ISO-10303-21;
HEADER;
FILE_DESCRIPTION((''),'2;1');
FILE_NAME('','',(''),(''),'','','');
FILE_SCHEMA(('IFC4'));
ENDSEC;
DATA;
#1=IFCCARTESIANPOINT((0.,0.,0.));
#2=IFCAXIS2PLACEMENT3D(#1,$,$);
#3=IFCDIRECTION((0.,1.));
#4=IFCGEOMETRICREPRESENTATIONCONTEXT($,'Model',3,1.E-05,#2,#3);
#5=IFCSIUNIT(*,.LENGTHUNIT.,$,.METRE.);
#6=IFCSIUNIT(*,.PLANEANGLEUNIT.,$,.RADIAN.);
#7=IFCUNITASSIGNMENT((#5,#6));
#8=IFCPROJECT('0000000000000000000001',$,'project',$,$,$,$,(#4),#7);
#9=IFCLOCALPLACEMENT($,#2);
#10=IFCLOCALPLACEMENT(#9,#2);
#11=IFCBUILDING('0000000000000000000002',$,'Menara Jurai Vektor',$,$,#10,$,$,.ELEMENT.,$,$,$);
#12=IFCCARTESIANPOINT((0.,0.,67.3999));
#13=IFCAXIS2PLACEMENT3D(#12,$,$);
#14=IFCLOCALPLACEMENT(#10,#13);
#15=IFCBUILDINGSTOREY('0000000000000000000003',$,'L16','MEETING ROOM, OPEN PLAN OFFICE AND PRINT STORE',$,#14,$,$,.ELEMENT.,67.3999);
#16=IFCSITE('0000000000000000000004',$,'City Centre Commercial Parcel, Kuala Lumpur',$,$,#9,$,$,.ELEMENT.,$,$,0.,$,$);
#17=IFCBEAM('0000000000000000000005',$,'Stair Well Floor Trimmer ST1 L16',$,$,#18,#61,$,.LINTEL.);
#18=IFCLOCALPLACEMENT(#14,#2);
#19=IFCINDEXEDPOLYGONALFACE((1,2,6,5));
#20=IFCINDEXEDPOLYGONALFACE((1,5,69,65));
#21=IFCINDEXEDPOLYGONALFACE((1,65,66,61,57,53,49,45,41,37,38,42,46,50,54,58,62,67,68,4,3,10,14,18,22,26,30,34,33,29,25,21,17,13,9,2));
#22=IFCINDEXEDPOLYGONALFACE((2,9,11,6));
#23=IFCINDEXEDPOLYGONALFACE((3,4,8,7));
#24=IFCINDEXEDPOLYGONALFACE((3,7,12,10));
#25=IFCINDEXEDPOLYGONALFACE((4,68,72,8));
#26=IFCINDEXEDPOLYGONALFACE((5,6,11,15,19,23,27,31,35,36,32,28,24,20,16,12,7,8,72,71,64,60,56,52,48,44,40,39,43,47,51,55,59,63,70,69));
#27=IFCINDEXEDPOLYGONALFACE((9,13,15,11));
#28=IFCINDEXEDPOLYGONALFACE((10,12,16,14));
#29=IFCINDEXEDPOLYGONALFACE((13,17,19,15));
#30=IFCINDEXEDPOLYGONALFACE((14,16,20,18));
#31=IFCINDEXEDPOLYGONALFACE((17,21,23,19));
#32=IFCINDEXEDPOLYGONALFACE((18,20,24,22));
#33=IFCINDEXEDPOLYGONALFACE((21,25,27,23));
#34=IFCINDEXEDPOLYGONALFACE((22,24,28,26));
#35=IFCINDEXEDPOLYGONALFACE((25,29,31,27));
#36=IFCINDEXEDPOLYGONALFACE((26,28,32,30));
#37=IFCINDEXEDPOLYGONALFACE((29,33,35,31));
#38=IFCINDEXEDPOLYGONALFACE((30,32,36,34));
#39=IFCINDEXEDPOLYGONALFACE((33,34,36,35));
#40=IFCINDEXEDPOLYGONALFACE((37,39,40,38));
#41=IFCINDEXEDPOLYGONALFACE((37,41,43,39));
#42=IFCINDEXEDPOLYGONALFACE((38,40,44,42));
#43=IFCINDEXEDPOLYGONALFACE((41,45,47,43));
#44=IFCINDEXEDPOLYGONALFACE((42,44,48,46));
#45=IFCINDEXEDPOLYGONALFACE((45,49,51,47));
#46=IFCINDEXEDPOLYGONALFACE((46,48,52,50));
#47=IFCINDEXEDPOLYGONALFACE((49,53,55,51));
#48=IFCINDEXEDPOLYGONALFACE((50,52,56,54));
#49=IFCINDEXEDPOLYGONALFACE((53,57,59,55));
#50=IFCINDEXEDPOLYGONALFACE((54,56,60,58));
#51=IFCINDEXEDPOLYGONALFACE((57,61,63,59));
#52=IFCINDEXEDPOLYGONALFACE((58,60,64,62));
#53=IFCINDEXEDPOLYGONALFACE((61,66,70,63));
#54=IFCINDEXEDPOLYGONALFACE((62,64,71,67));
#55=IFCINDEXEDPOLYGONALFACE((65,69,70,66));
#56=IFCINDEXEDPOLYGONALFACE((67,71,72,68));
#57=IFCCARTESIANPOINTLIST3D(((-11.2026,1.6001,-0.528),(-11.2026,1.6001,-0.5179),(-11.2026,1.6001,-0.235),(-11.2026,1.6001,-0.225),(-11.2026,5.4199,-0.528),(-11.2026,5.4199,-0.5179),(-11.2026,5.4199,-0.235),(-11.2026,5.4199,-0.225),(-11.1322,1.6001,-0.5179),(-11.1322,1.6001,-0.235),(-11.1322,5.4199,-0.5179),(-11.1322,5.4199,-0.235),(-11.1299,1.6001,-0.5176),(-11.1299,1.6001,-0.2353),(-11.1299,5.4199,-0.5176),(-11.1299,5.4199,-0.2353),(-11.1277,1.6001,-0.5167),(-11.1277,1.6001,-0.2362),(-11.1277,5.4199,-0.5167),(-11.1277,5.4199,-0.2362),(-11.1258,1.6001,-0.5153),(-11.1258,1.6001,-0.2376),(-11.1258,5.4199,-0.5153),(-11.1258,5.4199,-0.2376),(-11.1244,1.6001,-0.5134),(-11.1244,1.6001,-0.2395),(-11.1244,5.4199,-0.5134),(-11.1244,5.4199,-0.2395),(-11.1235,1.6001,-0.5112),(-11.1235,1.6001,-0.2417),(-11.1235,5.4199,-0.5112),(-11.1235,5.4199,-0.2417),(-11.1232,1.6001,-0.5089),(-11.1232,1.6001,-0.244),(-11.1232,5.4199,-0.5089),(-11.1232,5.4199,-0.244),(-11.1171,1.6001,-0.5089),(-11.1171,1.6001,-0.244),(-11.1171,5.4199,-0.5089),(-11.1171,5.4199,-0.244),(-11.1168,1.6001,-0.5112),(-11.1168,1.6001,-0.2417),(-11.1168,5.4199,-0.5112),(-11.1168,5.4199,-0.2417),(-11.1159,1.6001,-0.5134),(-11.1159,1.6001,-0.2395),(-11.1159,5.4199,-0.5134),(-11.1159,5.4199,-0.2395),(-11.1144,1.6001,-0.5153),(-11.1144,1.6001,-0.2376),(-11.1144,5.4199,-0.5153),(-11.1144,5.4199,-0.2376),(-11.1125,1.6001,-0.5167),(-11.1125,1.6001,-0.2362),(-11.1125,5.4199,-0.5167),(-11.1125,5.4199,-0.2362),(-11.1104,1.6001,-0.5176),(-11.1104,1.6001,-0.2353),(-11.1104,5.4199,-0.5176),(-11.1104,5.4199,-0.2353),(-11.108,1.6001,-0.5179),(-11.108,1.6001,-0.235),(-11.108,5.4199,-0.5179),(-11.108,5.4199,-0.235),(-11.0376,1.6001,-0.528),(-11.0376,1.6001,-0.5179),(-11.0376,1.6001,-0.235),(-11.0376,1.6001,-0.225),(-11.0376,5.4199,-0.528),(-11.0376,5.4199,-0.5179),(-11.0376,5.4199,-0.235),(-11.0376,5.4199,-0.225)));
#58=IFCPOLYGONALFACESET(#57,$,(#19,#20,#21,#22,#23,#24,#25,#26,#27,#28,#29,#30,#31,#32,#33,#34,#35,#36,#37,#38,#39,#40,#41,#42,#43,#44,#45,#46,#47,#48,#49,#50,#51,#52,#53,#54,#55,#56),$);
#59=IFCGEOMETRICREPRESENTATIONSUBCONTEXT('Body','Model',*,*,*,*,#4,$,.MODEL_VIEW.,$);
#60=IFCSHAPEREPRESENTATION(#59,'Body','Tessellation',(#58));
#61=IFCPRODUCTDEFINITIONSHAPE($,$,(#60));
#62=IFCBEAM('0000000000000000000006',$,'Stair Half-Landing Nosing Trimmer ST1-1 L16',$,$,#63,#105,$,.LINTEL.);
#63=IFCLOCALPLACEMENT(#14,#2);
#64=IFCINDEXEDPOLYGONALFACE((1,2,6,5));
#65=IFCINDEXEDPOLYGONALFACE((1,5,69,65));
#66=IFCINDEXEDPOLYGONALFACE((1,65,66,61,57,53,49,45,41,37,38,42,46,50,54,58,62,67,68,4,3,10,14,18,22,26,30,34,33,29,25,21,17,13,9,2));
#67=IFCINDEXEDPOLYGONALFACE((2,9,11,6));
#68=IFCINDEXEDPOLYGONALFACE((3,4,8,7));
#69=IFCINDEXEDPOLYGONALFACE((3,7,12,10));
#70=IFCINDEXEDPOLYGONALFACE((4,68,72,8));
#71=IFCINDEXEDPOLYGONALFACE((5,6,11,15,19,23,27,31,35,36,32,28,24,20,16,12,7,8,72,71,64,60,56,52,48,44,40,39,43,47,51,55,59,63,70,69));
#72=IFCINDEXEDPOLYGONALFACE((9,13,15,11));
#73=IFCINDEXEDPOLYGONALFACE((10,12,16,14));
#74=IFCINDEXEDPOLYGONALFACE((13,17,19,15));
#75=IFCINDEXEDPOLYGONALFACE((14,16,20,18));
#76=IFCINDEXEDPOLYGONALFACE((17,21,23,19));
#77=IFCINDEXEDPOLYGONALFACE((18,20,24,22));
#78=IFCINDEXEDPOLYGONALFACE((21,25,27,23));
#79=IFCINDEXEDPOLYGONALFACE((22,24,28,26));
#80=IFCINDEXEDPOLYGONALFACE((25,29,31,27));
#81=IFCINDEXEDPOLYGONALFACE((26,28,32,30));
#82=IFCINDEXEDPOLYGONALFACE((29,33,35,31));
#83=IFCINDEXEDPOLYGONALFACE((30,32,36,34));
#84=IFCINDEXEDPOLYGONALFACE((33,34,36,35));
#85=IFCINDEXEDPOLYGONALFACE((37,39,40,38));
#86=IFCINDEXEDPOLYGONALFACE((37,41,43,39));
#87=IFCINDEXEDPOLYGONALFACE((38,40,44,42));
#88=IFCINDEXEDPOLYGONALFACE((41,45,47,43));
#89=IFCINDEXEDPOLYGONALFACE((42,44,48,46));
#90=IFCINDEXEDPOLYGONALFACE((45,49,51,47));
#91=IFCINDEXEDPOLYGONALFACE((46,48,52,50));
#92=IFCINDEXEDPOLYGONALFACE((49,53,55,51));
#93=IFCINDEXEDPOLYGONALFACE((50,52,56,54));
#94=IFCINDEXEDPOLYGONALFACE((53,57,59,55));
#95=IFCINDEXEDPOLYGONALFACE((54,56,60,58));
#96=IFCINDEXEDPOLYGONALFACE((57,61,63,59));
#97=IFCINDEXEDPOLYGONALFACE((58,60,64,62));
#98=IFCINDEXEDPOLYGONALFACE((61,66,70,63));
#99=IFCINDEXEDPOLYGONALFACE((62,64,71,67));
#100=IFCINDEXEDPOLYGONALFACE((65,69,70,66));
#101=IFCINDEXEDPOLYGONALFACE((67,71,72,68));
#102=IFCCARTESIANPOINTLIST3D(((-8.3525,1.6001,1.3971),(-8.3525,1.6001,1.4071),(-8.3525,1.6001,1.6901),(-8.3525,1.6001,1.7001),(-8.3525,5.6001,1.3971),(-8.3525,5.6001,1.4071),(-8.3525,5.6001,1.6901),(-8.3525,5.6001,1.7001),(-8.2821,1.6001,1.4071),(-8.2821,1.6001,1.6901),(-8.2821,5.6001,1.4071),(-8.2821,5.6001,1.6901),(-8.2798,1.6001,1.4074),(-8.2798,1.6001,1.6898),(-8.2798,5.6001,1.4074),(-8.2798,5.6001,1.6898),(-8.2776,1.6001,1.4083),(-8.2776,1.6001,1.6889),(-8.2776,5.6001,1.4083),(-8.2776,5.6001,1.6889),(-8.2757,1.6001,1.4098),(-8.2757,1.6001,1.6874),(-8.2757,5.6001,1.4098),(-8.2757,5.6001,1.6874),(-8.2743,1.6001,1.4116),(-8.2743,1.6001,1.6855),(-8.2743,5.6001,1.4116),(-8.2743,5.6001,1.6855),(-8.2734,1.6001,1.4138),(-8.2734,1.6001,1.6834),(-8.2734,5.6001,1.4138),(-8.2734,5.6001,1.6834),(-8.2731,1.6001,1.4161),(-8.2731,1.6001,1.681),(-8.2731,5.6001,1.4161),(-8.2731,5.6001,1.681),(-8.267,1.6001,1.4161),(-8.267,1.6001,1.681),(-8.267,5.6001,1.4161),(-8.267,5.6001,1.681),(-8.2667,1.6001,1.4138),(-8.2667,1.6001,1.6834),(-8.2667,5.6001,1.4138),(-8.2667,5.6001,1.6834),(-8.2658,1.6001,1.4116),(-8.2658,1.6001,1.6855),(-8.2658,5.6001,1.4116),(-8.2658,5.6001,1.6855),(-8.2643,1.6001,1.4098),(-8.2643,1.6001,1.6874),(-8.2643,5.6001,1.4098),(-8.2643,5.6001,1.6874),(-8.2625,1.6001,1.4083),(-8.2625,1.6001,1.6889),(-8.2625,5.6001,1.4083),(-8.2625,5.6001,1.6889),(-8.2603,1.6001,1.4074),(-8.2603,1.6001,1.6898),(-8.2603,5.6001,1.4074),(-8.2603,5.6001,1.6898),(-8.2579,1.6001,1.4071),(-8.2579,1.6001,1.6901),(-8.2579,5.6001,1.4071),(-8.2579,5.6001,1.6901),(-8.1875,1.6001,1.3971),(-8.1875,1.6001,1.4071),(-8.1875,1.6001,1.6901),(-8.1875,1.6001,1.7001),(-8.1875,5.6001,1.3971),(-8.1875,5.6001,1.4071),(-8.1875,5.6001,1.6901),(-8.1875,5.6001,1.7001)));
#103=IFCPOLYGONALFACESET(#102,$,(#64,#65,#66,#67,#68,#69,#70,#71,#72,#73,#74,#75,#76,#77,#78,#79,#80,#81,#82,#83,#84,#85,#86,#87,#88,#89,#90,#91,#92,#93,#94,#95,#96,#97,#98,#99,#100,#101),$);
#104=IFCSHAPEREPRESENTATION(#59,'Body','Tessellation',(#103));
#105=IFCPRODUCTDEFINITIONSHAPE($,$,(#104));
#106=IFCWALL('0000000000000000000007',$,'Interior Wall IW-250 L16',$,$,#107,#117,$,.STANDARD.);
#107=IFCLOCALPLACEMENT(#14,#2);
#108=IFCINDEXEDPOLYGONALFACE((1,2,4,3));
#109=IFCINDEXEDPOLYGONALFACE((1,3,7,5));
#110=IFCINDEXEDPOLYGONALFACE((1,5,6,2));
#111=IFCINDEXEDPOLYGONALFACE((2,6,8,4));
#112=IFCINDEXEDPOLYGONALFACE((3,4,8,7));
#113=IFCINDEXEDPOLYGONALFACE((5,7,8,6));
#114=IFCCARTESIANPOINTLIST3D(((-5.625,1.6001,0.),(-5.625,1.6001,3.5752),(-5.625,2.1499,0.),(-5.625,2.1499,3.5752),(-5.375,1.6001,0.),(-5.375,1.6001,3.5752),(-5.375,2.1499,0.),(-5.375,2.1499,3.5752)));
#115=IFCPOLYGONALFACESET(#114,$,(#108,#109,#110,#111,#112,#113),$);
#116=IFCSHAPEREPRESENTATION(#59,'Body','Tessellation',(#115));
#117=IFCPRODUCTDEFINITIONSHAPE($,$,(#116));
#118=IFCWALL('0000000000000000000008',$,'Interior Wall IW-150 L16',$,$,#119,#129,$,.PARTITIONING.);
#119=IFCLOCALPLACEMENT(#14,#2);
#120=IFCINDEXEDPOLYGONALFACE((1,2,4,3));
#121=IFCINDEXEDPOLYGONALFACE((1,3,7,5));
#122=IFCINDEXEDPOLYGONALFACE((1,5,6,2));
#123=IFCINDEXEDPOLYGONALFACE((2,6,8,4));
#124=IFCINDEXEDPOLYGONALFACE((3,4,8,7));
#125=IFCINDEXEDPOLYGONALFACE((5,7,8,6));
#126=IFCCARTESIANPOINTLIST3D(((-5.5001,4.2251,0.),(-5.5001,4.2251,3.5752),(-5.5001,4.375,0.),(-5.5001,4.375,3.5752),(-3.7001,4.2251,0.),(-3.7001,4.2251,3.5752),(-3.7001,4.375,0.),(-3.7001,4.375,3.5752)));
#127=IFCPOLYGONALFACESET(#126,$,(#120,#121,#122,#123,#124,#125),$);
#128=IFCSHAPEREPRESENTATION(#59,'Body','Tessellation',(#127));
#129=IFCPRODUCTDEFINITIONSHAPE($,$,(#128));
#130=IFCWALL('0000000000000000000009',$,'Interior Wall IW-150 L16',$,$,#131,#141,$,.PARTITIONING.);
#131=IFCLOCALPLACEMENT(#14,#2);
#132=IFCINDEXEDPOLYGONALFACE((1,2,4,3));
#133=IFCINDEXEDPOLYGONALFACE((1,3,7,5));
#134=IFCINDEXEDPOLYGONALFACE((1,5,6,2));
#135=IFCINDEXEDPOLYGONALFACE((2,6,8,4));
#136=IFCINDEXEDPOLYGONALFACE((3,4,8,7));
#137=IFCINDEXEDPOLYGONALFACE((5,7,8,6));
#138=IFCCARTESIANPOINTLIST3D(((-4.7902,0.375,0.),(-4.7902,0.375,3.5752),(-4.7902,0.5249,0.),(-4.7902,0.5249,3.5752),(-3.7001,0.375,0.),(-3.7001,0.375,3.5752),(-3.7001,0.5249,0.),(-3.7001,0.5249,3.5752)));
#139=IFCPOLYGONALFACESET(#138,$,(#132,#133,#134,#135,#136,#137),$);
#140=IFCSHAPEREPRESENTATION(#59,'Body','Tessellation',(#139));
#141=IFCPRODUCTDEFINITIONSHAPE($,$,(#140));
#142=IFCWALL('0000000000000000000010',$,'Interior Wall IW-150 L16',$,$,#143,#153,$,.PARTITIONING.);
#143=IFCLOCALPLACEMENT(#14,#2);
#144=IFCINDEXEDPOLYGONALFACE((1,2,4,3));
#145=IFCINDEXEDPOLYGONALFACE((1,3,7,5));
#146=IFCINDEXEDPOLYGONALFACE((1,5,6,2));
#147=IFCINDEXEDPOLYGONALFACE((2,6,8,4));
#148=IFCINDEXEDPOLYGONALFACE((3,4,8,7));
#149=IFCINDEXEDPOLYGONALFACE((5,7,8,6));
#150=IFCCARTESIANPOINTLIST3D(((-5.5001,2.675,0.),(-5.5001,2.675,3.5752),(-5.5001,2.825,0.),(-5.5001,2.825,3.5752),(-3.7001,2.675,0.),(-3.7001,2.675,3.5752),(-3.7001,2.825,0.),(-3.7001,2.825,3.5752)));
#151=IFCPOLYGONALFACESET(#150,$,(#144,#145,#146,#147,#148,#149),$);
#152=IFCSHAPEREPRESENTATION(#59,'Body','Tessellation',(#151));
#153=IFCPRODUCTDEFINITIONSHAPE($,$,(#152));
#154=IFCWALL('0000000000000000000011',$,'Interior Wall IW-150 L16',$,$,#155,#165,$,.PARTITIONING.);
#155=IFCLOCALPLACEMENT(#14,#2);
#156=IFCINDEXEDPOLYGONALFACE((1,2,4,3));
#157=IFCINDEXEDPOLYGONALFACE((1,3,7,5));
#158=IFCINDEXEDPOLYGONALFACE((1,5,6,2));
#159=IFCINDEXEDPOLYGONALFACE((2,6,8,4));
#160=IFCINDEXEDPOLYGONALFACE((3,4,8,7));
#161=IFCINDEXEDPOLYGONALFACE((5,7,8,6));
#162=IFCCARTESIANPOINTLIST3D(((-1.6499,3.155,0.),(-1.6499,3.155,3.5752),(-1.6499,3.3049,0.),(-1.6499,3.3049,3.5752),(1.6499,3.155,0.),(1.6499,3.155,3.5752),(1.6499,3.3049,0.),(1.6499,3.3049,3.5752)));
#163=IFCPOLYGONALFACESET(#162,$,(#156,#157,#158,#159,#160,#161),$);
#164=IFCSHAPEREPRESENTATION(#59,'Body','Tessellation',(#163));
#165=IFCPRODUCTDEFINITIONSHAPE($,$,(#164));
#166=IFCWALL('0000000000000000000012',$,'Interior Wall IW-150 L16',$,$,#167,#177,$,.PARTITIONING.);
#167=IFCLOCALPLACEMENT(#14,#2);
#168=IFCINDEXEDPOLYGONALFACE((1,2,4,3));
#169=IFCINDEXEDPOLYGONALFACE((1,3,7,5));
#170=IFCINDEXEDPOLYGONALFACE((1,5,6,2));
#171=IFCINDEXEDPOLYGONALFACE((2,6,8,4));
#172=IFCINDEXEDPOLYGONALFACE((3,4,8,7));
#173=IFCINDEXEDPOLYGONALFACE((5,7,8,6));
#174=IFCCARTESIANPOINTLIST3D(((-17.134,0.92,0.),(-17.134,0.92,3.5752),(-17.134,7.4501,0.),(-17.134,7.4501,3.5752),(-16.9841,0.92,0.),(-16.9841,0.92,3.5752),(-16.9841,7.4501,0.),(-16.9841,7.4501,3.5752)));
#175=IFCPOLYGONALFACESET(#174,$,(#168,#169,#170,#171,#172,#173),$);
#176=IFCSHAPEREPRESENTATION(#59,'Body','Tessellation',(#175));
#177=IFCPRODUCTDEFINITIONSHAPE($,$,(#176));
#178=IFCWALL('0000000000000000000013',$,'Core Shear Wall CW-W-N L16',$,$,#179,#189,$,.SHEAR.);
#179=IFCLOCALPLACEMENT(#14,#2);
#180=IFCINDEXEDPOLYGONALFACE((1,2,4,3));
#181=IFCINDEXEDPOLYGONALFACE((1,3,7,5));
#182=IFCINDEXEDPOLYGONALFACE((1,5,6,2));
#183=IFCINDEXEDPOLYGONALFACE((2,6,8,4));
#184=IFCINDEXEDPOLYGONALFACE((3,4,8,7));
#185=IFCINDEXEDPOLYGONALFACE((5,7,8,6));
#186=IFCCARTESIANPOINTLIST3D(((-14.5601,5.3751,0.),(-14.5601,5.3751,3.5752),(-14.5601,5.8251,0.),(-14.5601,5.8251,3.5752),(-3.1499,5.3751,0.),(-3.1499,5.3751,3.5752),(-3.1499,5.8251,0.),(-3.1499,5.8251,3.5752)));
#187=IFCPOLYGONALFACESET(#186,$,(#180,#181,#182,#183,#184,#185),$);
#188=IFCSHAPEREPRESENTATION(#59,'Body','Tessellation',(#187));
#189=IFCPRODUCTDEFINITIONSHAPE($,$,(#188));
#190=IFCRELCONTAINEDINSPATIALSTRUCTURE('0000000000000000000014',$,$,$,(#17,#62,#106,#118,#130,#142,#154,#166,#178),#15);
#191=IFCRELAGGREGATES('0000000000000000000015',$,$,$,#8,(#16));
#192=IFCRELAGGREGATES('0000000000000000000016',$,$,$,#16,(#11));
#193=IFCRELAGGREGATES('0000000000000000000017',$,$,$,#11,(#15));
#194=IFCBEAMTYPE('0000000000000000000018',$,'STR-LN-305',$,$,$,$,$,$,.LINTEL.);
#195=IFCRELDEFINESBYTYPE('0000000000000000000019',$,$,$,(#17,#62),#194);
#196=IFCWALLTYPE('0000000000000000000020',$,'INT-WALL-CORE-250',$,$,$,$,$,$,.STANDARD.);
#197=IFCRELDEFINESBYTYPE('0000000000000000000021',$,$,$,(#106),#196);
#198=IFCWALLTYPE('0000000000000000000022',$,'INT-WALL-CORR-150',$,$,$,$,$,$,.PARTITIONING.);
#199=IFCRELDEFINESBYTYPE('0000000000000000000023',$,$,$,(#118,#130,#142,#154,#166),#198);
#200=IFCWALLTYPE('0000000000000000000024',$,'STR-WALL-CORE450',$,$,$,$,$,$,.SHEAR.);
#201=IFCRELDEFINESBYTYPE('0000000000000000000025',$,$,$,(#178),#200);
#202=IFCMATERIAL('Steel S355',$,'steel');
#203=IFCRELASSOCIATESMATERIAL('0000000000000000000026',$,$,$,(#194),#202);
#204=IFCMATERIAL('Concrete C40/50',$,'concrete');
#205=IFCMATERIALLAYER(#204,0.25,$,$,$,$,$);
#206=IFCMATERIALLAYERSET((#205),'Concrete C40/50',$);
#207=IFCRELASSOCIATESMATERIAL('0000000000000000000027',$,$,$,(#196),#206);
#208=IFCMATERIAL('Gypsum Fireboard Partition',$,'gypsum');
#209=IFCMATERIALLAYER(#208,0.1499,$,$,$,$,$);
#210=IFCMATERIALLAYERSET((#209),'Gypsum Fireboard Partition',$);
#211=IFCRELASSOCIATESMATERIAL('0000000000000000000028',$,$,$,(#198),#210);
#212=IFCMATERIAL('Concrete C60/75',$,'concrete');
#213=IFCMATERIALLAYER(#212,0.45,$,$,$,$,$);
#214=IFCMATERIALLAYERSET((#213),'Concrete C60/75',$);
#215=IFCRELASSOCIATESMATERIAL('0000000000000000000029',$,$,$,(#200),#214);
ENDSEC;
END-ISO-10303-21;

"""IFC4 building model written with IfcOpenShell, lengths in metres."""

from ifc_helpers import new_model, si_unit, direction, frame, frame_2d, origin, origin_2d, place, context, subcontext, project, spatial, rectangle, i_section, extrude, material, layer, layer_set, material_profile, profile_set, type_object, element, save


model = new_model("IFC4")

# Units and contexts
model_context = context("Model", 3, precision=1e-05, world=origin(), true_north=direction((0.0, 1.0)))
body_context = subcontext(model_context, "Body", "Model", "MODEL_VIEW")
ifc_project = project(units=[si_unit("LENGTHUNIT", "METRE"), si_unit("PLANEANGLEUNIT", "RADIAN")], contexts=[model_context])

# Site, building, storey
site_placement = place(None, origin())
site = spatial("IfcSite", under=ifc_project, at=site_placement, Name="City Centre Commercial Parcel, Kuala Lumpur", CompositionType="ELEMENT", RefElevation=0.0)
building_placement = place(site_placement, origin())
building = spatial("IfcBuilding", under=site, at=building_placement, Name="Menara Jurai Vektor", CompositionType="ELEMENT")
storey_placement = place(building_placement, frame((0.0, 0.0, 67.3999)))
storey = spatial("IfcBuildingStorey", under=building, at=storey_placement, Name="L16", Description="MEETING ROOM, OPEN PLAN OFFICE AND PRINT STORE", CompositionType="ELEMENT", Elevation=67.3999)

# Shared definitions
ifc_material_1 = material(Name="Concrete C60/75", Category="concrete")
ifc_material_2 = material(Name="Steel S355", Category="steel")

# Beams
ifc_material_profile_1 = material_profile(ifc_material_2, i_section(OverallWidth=0.165, OverallDepth=0.303, WebThickness=0.0061, FlangeThickness=0.01, FilletRadius=0.009, at=origin_2d()), Name="UKB 305x165x40")
ifc_profile_set_1 = profile_set([ifc_material_profile_1], Name="Steel S355")
beam_type_1 = type_object("IfcBeamType", Name="STR-LN-305", PredefinedType="LINTEL", material=ifc_profile_set_1)
beam_1_placement = place(storey_placement, frame((-11.1201, 1.6001, -0.3765), z_axis=(0.0, 1.0, 0.0), x_axis=(-1.0, 0.0, 0.0)))
element("IfcBeam", 1, at=beam_1_placement, inside=storey, type_object=beam_type_1, Name="Stair Well Floor Trimmer ST1 L16", PredefinedType="LINTEL", context=body_context, shape_type="SweptSolid", body=[
    extrude(i_section(OverallWidth=0.165, OverallDepth=0.303, WebThickness=0.0061, FlangeThickness=0.01, FilletRadius=0.009, at=origin_2d()), origin(), (0.0, 0.0, 1.0), 3.8198),
])
beam_2_placement = place(storey_placement, frame((-8.27, 1.6001, 1.5486), z_axis=(0.0, 1.0, 0.0), x_axis=(-1.0, 0.0, 0.0)))
element("IfcBeam", 2, at=beam_2_placement, inside=storey, type_object=beam_type_1, Name="Stair Half-Landing Nosing Trimmer ST1-1 L16", PredefinedType="LINTEL", context=body_context, shape_type="SweptSolid", body=[
    extrude(i_section(OverallWidth=0.165, OverallDepth=0.303, WebThickness=0.0061, FlangeThickness=0.01, FilletRadius=0.009, at=origin_2d()), origin(), (0.0, 0.0, 1.0), 4.0),
])

# Shared definitions
ifc_material_3 = material(Name="Concrete C40/50", Category="concrete")
ifc_layer_1 = layer(ifc_material_3, 0.25)
ifc_layer_set_1 = layer_set([ifc_layer_1], Name="Concrete C40/50")
wall_type_1 = type_object("IfcWallType", Name="INT-WALL-CORE-250", PredefinedType="STANDARD", material=ifc_layer_set_1)

# Walls
wall_1_placement = place(storey_placement, frame((-5.5, 1.6001, 0.0), z_axis=(0.0, 0.0, 1.0), x_axis=(0.0, 1.0, 0.0)))
element("IfcWall", 3, at=wall_1_placement, inside=storey, type_object=wall_type_1, Name="Interior Wall IW-250 L16", PredefinedType="STANDARD", context=body_context, shape_type="SweptSolid", body=[
    extrude(rectangle(XDim=0.5498, YDim=0.25, at=frame_2d((0.2749, 0.0))), origin(), (0.0, 0.0, 1.0), 3.5752),
])
ifc_material_4 = material(Name="Gypsum Fireboard Partition", Category="gypsum")
ifc_layer_2 = layer(ifc_material_4, 0.1499)
ifc_layer_set_2 = layer_set([ifc_layer_2], Name="Gypsum Fireboard Partition")
wall_type_2 = type_object("IfcWallType", Name="INT-WALL-CORR-150", PredefinedType="PARTITIONING", material=ifc_layer_set_2)
wall_2_placement = place(storey_placement, frame((-5.5, 4.3, 0.0), z_axis=(0.0, 0.0, 1.0), x_axis=(1.0, 0.0, 0.0)))
element("IfcWall", 4, at=wall_2_placement, inside=storey, type_object=wall_type_2, Name="Interior Wall IW-150 L16", PredefinedType="PARTITIONING", context=body_context, shape_type="SweptSolid", body=[
    extrude(rectangle(XDim=1.8, YDim=0.1499, at=frame_2d((0.8999, 0.0))), origin(), (0.0, 0.0, 1.0), 3.5752),
])
wall_3_placement = place(storey_placement, frame((-4.79, 0.45, 0.0), z_axis=(0.0, 0.0, 1.0), x_axis=(1.0, 0.0, 0.0)))
element("IfcWall", 5, at=wall_3_placement, inside=storey, type_object=wall_type_2, Name="Interior Wall IW-150 L16", PredefinedType="PARTITIONING", context=body_context, shape_type="SweptSolid", body=[
    extrude(rectangle(XDim=1.0901, YDim=0.1499, at=frame_2d((0.5449, 0.0))), origin(), (0.0, 0.0, 1.0), 3.5752),
])
wall_4_placement = place(storey_placement, frame((-5.5, 2.75, 0.0), z_axis=(0.0, 0.0, 1.0), x_axis=(1.0, 0.0, 0.0)))
element("IfcWall", 6, at=wall_4_placement, inside=storey, type_object=wall_type_2, Name="Interior Wall IW-150 L16", PredefinedType="PARTITIONING", context=body_context, shape_type="SweptSolid", body=[
    extrude(rectangle(XDim=1.8, YDim=0.1499, at=frame_2d((0.8999, 0.0))), origin(), (0.0, 0.0, 1.0), 3.5752),
])
wall_5_placement = place(storey_placement, frame((-1.6499, 3.23, 0.0), z_axis=(0.0, 0.0, 1.0), x_axis=(1.0, 0.0, 0.0)))
element("IfcWall", 7, at=wall_5_placement, inside=storey, type_object=wall_type_2, Name="Interior Wall IW-150 L16", PredefinedType="PARTITIONING", context=body_context, shape_type="SweptSolid", body=[
    extrude(rectangle(XDim=3.2998, YDim=0.1499, at=frame_2d((1.6499, 0.0))), origin(), (0.0, 0.0, 1.0), 3.5752),
])
wall_6_placement = place(storey_placement, frame((-17.0591, 0.9199, 0.0), z_axis=(0.0, 0.0, 1.0), x_axis=(0.0, 1.0, 0.0)))
element("IfcWall", 8, at=wall_6_placement, inside=storey, type_object=wall_type_2, Name="Interior Wall IW-150 L16", PredefinedType="PARTITIONING", context=body_context, shape_type="SweptSolid", body=[
    extrude(rectangle(XDim=6.53, YDim=0.1499, at=frame_2d((3.2651, 0.0))), origin(), (0.0, 0.0, 1.0), 3.5752),
])
ifc_layer_3 = layer(ifc_material_1, 0.45)
ifc_layer_set_3 = layer_set([ifc_layer_3], Name="Concrete C60/75")
wall_type_3 = type_object("IfcWallType", Name="STR-WALL-CORE450", PredefinedType="SHEAR", material=ifc_layer_set_3)
wall_7_placement = place(storey_placement, frame((-14.5601, 5.6001, 0.0), z_axis=(0.0, 0.0, 1.0), x_axis=(1.0, 0.0, 0.0)))
element("IfcWall", 9, at=wall_7_placement, inside=storey, type_object=wall_type_3, Name="Core Shear Wall CW-W-N L16", PredefinedType="SHEAR", context=body_context, shape_type="SweptSolid", body=[
    extrude(rectangle(XDim=11.4102, YDim=0.45, at=frame_2d((5.7051, 0.0))), origin(), (0.0, 0.0, 1.0), 3.5752),
])

save(model, "model.ifc")
